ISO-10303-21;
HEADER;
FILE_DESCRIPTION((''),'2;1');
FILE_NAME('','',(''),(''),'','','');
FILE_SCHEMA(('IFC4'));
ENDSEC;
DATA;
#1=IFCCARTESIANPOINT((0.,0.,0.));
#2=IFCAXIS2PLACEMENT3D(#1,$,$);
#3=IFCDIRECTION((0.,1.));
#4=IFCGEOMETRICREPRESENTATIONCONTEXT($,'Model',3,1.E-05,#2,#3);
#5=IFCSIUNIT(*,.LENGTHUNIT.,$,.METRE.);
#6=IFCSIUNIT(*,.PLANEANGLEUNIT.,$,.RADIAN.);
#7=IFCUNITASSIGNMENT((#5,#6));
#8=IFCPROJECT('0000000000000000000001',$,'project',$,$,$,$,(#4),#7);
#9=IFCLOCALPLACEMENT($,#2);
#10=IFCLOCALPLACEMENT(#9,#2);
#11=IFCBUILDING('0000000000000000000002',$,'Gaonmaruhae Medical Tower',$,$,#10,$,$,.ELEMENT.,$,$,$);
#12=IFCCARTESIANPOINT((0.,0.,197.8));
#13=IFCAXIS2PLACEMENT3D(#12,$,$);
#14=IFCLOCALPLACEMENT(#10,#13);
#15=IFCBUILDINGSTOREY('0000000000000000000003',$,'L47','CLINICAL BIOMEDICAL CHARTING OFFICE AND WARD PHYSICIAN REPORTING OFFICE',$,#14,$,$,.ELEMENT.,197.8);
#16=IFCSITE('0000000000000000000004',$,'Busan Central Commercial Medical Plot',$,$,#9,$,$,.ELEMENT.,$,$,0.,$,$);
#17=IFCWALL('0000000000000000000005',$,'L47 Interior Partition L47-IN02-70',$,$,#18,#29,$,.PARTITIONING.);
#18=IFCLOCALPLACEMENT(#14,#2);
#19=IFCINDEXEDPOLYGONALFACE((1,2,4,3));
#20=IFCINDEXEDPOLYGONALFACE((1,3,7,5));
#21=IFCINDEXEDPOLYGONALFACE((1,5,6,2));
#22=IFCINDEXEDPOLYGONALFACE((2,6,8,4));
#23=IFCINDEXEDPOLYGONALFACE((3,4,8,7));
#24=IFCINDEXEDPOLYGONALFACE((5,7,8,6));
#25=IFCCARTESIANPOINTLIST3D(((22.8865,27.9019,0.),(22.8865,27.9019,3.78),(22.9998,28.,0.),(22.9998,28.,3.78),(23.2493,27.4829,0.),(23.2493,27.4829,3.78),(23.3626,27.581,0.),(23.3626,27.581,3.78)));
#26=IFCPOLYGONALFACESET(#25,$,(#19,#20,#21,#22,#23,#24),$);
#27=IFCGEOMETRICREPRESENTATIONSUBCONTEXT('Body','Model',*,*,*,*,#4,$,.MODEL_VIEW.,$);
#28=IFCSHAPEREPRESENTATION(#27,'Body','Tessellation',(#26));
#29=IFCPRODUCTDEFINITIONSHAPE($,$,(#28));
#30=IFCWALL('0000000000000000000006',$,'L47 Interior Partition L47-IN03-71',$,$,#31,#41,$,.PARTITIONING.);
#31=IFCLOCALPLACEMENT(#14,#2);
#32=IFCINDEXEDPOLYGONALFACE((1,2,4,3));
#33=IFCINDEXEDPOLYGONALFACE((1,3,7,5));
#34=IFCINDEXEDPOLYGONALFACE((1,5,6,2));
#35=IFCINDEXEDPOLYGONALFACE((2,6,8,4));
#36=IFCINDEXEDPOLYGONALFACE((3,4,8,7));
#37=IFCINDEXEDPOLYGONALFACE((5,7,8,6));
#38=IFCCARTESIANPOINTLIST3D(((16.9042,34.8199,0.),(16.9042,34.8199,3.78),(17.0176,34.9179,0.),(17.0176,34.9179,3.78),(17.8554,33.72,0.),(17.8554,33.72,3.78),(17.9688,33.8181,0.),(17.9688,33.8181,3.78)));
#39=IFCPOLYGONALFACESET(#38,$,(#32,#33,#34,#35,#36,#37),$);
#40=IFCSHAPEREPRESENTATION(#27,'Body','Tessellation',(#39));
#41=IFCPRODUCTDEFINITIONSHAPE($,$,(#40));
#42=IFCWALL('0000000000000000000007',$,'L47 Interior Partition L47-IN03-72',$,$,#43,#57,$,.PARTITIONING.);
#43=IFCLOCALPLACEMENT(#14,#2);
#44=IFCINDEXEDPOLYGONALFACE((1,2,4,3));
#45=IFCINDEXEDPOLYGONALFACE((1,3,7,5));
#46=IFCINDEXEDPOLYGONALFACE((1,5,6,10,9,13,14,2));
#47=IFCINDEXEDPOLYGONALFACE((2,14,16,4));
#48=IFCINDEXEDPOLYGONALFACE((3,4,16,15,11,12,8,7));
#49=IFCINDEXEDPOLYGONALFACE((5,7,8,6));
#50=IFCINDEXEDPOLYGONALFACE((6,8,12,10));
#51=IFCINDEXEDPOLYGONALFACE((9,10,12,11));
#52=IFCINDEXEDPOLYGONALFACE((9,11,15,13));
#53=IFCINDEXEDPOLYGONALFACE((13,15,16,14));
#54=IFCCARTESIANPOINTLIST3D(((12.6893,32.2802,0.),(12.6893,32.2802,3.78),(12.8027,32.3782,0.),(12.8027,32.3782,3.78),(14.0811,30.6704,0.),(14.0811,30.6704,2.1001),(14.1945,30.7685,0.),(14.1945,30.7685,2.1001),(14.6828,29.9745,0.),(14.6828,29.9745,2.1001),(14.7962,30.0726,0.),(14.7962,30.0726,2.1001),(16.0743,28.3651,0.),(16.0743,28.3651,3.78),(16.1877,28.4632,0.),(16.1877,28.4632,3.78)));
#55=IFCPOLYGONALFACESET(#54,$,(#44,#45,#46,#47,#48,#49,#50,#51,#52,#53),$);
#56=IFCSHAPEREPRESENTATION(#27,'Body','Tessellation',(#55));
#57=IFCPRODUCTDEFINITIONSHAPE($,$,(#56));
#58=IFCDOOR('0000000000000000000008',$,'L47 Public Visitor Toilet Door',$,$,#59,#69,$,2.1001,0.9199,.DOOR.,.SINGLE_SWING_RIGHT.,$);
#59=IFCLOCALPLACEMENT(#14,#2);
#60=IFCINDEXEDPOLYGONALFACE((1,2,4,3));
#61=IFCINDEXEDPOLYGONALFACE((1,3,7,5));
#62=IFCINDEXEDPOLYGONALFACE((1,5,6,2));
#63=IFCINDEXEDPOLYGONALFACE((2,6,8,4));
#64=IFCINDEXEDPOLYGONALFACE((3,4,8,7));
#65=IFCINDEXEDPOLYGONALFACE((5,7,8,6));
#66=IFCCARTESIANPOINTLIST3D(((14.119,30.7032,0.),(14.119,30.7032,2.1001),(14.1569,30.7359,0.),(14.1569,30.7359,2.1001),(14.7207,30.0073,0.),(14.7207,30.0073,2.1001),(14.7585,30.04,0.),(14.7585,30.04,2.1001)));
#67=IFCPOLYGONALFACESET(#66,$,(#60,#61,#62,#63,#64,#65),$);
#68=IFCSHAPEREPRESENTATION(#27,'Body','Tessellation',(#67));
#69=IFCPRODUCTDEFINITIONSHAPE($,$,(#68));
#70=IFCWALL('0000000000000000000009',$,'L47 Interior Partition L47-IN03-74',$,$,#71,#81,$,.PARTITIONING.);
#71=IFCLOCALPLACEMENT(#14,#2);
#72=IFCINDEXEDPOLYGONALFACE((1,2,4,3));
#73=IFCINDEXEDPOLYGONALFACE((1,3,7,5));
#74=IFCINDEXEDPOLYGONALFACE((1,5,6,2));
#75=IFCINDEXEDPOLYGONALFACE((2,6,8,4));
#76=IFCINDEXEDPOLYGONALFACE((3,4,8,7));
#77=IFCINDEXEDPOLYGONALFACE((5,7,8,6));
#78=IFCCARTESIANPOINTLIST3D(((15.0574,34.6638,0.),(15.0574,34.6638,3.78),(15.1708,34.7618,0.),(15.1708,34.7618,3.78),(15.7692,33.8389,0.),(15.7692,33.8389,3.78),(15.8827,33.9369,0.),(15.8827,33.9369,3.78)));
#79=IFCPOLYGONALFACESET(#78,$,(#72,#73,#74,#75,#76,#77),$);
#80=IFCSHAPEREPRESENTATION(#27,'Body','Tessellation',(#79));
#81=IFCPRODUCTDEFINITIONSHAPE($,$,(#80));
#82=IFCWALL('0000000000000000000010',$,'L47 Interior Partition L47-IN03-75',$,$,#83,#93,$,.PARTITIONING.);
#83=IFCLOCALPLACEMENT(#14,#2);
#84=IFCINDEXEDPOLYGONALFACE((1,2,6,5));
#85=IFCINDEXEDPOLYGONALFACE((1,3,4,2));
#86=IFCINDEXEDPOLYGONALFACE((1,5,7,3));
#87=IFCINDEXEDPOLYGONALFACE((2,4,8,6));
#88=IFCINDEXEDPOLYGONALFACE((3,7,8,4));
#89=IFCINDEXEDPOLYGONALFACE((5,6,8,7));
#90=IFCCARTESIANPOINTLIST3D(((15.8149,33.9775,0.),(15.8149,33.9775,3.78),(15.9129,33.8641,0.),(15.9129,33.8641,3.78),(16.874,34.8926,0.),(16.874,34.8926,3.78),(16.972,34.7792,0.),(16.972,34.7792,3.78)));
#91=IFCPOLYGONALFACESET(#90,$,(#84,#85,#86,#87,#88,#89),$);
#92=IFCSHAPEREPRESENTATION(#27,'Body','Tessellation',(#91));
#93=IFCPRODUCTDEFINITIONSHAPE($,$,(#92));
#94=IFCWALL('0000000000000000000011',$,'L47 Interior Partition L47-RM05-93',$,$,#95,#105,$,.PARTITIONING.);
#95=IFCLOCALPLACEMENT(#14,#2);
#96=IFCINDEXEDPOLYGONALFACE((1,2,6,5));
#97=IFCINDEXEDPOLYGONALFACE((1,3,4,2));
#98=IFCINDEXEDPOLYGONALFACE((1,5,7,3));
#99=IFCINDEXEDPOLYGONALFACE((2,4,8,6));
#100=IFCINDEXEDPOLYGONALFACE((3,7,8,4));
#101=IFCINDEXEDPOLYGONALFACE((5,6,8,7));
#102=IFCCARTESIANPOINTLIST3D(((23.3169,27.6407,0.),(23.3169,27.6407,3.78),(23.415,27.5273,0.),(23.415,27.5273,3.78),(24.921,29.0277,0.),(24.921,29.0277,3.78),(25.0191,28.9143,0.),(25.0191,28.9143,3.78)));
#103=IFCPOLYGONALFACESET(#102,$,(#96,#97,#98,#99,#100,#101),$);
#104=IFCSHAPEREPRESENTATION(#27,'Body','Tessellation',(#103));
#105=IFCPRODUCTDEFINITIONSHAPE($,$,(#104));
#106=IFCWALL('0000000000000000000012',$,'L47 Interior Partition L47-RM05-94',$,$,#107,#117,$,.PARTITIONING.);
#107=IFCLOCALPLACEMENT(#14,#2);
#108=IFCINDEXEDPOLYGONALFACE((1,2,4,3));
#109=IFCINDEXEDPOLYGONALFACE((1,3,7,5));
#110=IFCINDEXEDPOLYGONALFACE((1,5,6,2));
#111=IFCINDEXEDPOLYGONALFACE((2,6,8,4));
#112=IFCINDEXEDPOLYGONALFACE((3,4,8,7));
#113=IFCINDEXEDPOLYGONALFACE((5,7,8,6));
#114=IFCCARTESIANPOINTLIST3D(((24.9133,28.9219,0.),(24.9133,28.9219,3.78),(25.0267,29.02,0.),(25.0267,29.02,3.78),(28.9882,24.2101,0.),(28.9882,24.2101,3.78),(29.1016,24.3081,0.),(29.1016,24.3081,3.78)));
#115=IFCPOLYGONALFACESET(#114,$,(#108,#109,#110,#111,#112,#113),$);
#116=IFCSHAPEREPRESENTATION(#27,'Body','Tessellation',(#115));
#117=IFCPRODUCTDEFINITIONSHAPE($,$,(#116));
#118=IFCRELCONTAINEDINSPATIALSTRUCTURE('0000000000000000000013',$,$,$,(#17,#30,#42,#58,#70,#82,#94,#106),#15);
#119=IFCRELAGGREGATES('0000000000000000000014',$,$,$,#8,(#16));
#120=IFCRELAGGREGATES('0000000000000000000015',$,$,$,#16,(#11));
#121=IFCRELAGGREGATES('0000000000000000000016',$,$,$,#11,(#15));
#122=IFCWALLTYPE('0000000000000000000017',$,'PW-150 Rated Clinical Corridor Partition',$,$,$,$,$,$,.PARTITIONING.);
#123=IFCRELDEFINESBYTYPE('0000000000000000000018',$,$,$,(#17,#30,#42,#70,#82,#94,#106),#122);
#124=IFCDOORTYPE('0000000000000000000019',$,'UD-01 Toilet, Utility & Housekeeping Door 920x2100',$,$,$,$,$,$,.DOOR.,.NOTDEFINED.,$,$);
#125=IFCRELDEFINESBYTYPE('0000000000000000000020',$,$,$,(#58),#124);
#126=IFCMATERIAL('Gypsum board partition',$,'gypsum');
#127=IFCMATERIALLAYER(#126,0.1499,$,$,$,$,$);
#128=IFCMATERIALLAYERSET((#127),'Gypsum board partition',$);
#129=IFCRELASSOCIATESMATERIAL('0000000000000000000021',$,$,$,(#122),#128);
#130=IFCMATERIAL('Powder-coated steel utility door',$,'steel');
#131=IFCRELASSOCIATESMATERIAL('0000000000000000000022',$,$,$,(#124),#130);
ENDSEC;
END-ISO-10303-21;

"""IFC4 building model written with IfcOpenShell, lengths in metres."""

from ifc_helpers import new_model, si_unit, direction, frame, frame_2d, origin, place, context, subcontext, project, spatial, rectangle, extrude, material, layer, layer_set, type_object, element, fill, save


model = new_model("IFC4")

# Units and contexts
model_context = context("Model", 3, precision=1e-05, world=origin(), true_north=direction((0.0, 1.0)))
body_context = subcontext(model_context, "Body", "Model", "MODEL_VIEW")
ifc_project = project(units=[si_unit("LENGTHUNIT", "METRE"), si_unit("PLANEANGLEUNIT", "RADIAN")], contexts=[model_context])

# Site, building, storey
site_placement = place(None, origin())
site = spatial("IfcSite", under=ifc_project, at=site_placement, Name="Busan Central Commercial Medical Plot", CompositionType="ELEMENT", RefElevation=0.0)
building_placement = place(site_placement, origin())
building = spatial("IfcBuilding", under=site, at=building_placement, Name="Gaonmaruhae Medical Tower", CompositionType="ELEMENT")
storey_placement = place(building_placement, frame((0.0, 0.0, 197.8)))
storey = spatial("IfcBuildingStorey", under=building, at=storey_placement, Name="L47", Description="CLINICAL BIOMEDICAL CHARTING OFFICE AND WARD PHYSICIAN REPORTING OFFICE", CompositionType="ELEMENT", Elevation=197.8)

# Walls
ifc_material_1 = material(Name="Gypsum board partition", Category="gypsum")
ifc_layer_1 = layer(ifc_material_1, 0.1499)
ifc_layer_set_1 = layer_set([ifc_layer_1], Name="Gypsum board partition")
wall_type_1 = type_object("IfcWallType", Name="PW-150 Rated Clinical Corridor Partition", PredefinedType="PARTITIONING", material=ifc_layer_set_1)
wall_1_placement = place(storey_placement, frame((22.9431, 27.9509, 0.0), z_axis=(0.0, 0.0, 1.0), x_axis=(0.654629, -0.755951, 0.0)))
element("IfcWall", 1, at=wall_1_placement, inside=storey, type_object=wall_type_1, Name="L47 Interior Partition L47-IN02-70", PredefinedType="PARTITIONING", context=body_context, shape_type="SweptSolid", body=[
    extrude(rectangle(XDim=0.5542, YDim=0.1499, at=frame_2d((0.2771, 0.0))), origin(), (0.0, 0.0, 1.0), 3.78),
])
wall_2_placement = place(storey_placement, frame((16.9609, 34.8689, 0.0), z_axis=(0.0, 0.0, 1.0), x_axis=(0.654131, -0.756381, 0.0)))
element("IfcWall", 2, at=wall_2_placement, inside=storey, type_object=wall_type_1, Name="L47 Interior Partition L47-IN03-71", PredefinedType="PARTITIONING", context=body_context, shape_type="SweptSolid", body=[
    extrude(rectangle(XDim=1.4541, YDim=0.1499, at=frame_2d((0.7271, 0.0))), origin(), (0.0, 0.0, 1.0), 3.78),
])

# Wall, opening, door
wall_3_placement = place(storey_placement, frame((16.1311, 28.4141, 0.0), z_axis=(0.0, 0.0, 1.0), x_axis=(-0.654045, 0.756456, 0.0)))
wall_3 = element("IfcWall", 3, at=wall_3_placement, inside=storey, type_object=wall_type_1, Name="L47 Interior Partition L47-IN03-72", PredefinedType="PARTITIONING", context=body_context, shape_type="SweptSolid", body=[
    extrude(rectangle(XDim=5.1755, YDim=0.1499, at=frame_2d((2.5879, 0.0))), origin(), (0.0, 0.0, 1.0), 3.78),
])
opening_1_placement = place(wall_3_placement, frame((2.1277, 0.0, 0.0)))
opening_1 = element("IfcOpeningElement", 4, at=opening_1_placement, cuts=wall_3, PredefinedType="OPENING", context=body_context, shape_type="SweptSolid", body=[
    extrude(rectangle(XDim=0.9199, YDim=2.1001, at=frame_2d((0.46, 1.05))), frame((0.0, 0.085, 0.0), z_axis=(0.0, -1.0, 0.0), x_axis=(1.0, 0.0, 0.0)), (0.0, 0.0, 1.0), 0.1699),
])
ifc_material_2 = material(Name="Powder-coated steel utility door", Category="steel")
door_type_1 = type_object("IfcDoorType", Name="UD-01 Toilet, Utility & Housekeeping Door 920x2100", OperationType="NOTDEFINED", PredefinedType="DOOR", material=ifc_material_2)
door_1_placement = place(opening_1_placement, origin())
door_1 = element("IfcDoor", 5, at=door_1_placement, inside=storey, type_object=door_type_1, Name="L47 Public Visitor Toilet Door", OperationType="SINGLE_SWING_RIGHT", OverallHeight=2.1001, OverallWidth=0.9199, PredefinedType="DOOR", context=body_context, shape_type="SweptSolid", body=[
    extrude(rectangle(XDim=0.9199, YDim=2.1001, at=frame_2d((0.46, 1.05))), frame((0.0, 0.0249, 0.0), z_axis=(0.0, -1.0, 0.0), x_axis=(1.0, 0.0, 0.0)), (0.0, 0.0, 1.0), 0.05),
])
fill(opening_1, door_1)

# Walls
wall_4_placement = place(storey_placement, frame((15.114, 34.7129, 0.0), z_axis=(0.0, 0.0, 1.0), x_axis=(0.653334, -0.75707, 0.0)))
element("IfcWall", 6, at=wall_4_placement, inside=storey, type_object=wall_type_1, Name="L47 Interior Partition L47-IN03-74", PredefinedType="PARTITIONING", context=body_context, shape_type="SweptSolid", body=[
    extrude(rectangle(XDim=1.0896, YDim=0.1499, at=frame_2d((0.5449, 0.0))), origin(), (0.0, 0.0, 1.0), 3.78),
])
wall_5_placement = place(storey_placement, frame((15.864, 33.9209, 0.0), z_axis=(0.0, 0.0, 1.0), x_axis=(0.75669, 0.653774, 0.0)))
element("IfcWall", 7, at=wall_5_placement, inside=storey, type_object=wall_type_1, Name="L47 Interior Partition L47-IN03-75", PredefinedType="PARTITIONING", context=body_context, shape_type="SweptSolid", body=[
    extrude(rectangle(XDim=1.3997, YDim=0.1499, at=frame_2d((0.6997, 0.0))), origin(), (0.0, 0.0, 1.0), 3.78),
])
wall_6_placement = place(storey_placement, frame((23.366, 27.584, 0.0), z_axis=(0.0, 0.0, 1.0), x_axis=(0.756429, 0.654075, 0.0)))
element("IfcWall", 8, at=wall_6_placement, inside=storey, type_object=wall_type_1, Name="L47 Interior Partition L47-RM05-93", PredefinedType="PARTITIONING", context=body_context, shape_type="SweptSolid", body=[
    extrude(rectangle(XDim=2.1206, YDim=0.1499, at=frame_2d((1.0603, 0.0))), origin(), (0.0, 0.0, 1.0), 3.78),
])
wall_7_placement = place(storey_placement, frame((24.97, 28.9709, 0.0), z_axis=(0.0, 0.0, 1.0), x_axis=(0.654132, -0.75638, 0.0)))
element("IfcWall", 9, at=wall_7_placement, inside=storey, type_object=wall_type_1, Name="L47 Interior Partition L47-RM05-94", PredefinedType="PARTITIONING", context=body_context, shape_type="SweptSolid", body=[
    extrude(rectangle(XDim=6.2295, YDim=0.1499, at=frame_2d((3.1147, 0.0))), origin(), (0.0, 0.0, 1.0), 3.78),
])

save(model, "model.ifc")
